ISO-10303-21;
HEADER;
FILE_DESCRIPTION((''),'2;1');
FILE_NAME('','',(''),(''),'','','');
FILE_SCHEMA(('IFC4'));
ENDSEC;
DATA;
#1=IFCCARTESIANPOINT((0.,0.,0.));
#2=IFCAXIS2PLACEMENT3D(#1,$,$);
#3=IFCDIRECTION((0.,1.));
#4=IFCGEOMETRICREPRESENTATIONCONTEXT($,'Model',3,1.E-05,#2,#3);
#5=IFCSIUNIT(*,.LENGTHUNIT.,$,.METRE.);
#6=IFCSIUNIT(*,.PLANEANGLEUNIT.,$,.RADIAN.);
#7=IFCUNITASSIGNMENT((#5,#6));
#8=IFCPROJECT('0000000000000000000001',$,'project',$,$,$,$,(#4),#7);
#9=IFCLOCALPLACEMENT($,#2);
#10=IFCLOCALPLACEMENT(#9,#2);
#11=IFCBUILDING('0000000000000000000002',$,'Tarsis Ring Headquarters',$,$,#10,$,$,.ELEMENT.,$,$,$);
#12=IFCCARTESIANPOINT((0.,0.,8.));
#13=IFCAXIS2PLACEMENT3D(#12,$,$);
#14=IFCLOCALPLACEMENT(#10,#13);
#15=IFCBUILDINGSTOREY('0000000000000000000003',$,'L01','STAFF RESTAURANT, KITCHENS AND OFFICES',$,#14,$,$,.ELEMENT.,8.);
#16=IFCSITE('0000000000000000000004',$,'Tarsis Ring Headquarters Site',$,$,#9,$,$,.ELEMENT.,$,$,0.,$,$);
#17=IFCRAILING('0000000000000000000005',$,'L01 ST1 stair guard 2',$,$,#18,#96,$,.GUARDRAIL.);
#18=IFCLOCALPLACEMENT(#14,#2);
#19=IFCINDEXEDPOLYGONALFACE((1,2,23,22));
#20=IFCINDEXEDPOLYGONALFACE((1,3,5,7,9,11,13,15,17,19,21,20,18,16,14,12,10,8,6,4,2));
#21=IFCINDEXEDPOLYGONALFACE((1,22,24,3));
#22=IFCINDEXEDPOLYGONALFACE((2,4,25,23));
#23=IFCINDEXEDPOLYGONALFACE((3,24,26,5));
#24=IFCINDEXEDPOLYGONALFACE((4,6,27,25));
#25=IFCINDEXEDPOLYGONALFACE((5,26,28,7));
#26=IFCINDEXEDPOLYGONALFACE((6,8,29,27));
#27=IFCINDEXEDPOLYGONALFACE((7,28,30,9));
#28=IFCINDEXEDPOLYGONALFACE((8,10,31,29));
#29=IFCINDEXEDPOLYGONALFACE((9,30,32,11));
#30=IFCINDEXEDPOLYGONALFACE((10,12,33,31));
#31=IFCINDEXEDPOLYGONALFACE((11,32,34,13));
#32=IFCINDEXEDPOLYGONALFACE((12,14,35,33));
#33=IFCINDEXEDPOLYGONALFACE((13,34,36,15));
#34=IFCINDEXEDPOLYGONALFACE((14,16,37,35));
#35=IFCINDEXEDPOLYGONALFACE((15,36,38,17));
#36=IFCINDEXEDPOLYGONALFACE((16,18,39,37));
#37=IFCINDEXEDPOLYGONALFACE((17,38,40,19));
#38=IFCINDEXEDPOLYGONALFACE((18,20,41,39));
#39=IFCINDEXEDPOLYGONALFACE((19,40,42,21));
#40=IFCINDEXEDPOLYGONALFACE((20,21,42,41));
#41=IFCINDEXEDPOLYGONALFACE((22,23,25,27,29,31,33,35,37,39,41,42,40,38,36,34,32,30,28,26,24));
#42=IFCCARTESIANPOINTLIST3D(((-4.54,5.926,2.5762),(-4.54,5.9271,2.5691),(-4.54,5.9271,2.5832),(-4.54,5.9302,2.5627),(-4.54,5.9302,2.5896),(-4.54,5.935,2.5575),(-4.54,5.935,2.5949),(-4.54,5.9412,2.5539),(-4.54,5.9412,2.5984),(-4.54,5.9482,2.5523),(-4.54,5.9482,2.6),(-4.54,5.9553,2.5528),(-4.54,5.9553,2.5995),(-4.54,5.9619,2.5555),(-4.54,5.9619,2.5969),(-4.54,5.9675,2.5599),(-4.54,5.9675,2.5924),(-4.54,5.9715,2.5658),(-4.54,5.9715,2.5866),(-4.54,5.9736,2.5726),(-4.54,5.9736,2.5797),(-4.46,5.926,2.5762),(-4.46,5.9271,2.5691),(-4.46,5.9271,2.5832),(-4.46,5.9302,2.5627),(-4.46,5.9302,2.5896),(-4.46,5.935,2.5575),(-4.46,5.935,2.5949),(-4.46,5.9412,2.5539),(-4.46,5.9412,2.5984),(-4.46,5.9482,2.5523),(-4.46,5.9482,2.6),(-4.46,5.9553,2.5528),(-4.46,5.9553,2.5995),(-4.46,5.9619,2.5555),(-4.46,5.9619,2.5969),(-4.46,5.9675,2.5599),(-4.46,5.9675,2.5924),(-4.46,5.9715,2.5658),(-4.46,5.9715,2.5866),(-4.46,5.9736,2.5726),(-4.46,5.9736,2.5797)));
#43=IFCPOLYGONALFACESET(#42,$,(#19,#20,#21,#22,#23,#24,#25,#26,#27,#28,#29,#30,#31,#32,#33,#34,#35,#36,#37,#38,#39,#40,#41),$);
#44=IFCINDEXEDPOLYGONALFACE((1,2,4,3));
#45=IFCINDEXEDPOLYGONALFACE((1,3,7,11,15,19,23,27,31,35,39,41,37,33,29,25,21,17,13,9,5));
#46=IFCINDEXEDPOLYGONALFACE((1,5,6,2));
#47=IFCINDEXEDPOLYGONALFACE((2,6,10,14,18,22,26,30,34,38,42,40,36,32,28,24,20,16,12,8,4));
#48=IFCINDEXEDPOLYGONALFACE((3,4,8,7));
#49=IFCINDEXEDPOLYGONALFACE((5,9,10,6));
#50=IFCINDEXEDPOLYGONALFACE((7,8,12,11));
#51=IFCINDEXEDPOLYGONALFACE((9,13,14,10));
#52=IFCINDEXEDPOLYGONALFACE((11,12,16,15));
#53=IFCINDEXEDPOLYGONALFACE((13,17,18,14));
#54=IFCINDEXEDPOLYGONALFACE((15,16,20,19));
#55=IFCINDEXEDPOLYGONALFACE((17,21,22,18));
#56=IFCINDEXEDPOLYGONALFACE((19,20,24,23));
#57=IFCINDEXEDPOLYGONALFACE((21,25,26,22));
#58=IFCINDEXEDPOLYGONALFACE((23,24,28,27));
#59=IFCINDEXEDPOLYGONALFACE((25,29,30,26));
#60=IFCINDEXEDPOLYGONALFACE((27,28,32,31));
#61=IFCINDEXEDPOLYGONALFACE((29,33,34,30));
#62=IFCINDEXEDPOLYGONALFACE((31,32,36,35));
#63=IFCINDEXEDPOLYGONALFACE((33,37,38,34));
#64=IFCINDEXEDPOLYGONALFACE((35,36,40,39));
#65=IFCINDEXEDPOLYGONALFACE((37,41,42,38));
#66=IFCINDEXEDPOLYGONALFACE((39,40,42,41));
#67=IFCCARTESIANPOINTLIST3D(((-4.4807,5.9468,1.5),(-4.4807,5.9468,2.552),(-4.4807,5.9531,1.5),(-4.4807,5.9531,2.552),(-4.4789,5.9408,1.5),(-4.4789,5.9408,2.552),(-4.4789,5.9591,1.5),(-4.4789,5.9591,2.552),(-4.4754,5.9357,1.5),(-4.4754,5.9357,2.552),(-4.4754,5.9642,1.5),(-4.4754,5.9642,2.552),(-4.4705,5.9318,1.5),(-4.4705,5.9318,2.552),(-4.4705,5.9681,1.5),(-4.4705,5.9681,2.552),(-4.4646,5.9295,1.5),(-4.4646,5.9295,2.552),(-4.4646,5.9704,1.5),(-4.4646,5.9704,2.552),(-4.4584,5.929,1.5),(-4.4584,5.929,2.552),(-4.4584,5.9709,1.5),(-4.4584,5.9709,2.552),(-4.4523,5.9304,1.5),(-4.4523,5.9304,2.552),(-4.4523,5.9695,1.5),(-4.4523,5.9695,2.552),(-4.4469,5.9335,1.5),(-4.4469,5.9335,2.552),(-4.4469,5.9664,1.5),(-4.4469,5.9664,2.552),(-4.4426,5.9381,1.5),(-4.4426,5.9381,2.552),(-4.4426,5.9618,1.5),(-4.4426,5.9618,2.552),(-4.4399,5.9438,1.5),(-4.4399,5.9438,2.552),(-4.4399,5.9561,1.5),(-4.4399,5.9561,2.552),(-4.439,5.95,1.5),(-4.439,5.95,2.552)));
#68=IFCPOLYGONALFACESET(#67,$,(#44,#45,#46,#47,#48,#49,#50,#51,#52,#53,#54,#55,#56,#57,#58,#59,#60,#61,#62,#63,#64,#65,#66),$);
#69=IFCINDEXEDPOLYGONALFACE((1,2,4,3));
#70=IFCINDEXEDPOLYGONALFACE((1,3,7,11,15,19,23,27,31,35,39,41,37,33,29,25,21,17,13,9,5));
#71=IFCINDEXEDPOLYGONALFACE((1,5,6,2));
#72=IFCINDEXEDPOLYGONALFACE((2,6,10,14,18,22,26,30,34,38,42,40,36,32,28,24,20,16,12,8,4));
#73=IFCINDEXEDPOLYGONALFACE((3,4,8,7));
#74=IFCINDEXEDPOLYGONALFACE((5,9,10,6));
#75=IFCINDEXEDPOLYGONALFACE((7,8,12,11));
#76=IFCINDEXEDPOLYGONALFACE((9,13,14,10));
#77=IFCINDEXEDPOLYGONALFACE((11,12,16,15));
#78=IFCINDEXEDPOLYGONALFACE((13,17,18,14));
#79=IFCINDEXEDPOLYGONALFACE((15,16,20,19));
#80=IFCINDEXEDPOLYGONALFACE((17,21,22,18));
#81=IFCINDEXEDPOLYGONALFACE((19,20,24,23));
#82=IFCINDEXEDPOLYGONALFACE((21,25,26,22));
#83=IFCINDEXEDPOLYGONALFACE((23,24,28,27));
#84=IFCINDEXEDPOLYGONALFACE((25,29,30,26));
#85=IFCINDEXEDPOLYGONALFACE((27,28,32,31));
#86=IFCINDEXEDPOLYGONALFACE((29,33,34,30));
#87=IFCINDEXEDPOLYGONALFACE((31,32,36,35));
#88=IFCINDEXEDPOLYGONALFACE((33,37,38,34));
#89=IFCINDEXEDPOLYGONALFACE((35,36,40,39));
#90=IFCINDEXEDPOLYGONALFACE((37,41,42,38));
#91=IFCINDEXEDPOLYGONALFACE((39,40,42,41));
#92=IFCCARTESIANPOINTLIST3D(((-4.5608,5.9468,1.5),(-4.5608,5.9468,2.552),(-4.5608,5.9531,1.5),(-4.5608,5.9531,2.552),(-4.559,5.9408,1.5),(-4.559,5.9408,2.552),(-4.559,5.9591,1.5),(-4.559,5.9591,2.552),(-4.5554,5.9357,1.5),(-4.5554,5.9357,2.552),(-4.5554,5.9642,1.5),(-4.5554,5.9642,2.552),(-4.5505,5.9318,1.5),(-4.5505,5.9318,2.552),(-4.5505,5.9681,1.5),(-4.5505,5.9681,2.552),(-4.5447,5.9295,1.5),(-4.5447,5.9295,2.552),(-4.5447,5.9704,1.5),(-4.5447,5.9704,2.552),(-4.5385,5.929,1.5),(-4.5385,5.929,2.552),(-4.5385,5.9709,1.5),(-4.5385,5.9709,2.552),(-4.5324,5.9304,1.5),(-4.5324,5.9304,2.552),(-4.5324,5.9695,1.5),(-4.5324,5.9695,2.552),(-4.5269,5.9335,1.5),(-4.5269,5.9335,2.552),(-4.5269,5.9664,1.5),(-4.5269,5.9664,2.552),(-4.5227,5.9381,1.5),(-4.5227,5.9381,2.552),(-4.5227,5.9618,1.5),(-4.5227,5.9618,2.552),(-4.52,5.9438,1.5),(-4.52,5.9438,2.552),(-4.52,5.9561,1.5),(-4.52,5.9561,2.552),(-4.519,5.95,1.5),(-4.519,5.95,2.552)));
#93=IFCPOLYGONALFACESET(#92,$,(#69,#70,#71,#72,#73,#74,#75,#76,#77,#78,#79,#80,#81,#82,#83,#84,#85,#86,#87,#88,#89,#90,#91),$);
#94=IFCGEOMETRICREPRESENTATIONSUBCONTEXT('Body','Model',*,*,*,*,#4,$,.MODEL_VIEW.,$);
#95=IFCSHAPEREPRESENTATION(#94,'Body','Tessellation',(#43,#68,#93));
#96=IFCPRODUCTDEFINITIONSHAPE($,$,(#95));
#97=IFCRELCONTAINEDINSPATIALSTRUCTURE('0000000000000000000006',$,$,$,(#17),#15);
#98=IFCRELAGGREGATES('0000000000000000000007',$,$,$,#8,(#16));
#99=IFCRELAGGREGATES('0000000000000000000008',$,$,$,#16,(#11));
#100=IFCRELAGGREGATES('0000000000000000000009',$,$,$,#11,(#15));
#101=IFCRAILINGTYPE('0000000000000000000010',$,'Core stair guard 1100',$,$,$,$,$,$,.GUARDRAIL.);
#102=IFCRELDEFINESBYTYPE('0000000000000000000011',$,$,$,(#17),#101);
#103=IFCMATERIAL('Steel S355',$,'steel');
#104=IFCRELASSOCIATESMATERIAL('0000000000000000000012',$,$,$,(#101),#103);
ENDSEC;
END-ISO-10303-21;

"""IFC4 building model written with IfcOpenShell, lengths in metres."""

from ifc_helpers import new_model, si_unit, direction, frame, origin, origin_2d, place, context, subcontext, project, spatial, circle, extrude, material, type_object, element, save


model = new_model("IFC4")

# Units and contexts
model_context = context("Model", 3, precision=1e-05, world=origin(), true_north=direction((0.0, 1.0)))
body_context = subcontext(model_context, "Body", "Model", "MODEL_VIEW")
ifc_project = project(units=[si_unit("LENGTHUNIT", "METRE"), si_unit("PLANEANGLEUNIT", "RADIAN")], contexts=[model_context])

# Site, building, storey
site_placement = place(None, origin())
site = spatial("IfcSite", under=ifc_project, at=site_placement, Name="Tarsis Ring Headquarters Site", CompositionType="ELEMENT", RefElevation=0.0)
building_placement = place(site_placement, origin())
building = spatial("IfcBuilding", under=site, at=building_placement, Name="Tarsis Ring Headquarters", CompositionType="ELEMENT")
storey_placement = place(building_placement, frame((0.0, 0.0, 8.0)))
storey = spatial("IfcBuildingStorey", under=building, at=storey_placement, Name="L01", Description="STAFF RESTAURANT, KITCHENS AND OFFICES", CompositionType="ELEMENT", Elevation=8.0)

# Shared definitions
ifc_material_1 = material(Name="Steel S355", Category="steel")

# Railing
railing_type_1 = type_object("IfcRailingType", Name="Core stair guard 1100", PredefinedType="GUARDRAIL", material=ifc_material_1)
railing_1_placement = place(storey_placement, frame((-4.46, 5.95, 1.5)))
element("IfcRailing", 1, at=railing_1_placement, inside=storey, type_object=railing_type_1, Name="L01 ST1 stair guard 2", PredefinedType="GUARDRAIL", context=body_context, shape_type="SweptSolid", body=[
    extrude(circle(Radius=0.0239, at=origin_2d()), frame((0.0, 0.0, 1.0762), z_axis=(-1.0, 0.0, 0.0), x_axis=(0.0, -1.0, 0.0)), (0.0, 0.0, 1.0), 0.0801),
    extrude(circle(Radius=0.021, at=origin_2d()), origin(), (0.0, 0.0, 1.0), 1.052),
    extrude(circle(Radius=0.021, at=origin_2d()), frame((-0.0801, 0.0, 0.0)), (0.0, 0.0, 1.0), 1.052),
])

save(model, "model.ifc")
